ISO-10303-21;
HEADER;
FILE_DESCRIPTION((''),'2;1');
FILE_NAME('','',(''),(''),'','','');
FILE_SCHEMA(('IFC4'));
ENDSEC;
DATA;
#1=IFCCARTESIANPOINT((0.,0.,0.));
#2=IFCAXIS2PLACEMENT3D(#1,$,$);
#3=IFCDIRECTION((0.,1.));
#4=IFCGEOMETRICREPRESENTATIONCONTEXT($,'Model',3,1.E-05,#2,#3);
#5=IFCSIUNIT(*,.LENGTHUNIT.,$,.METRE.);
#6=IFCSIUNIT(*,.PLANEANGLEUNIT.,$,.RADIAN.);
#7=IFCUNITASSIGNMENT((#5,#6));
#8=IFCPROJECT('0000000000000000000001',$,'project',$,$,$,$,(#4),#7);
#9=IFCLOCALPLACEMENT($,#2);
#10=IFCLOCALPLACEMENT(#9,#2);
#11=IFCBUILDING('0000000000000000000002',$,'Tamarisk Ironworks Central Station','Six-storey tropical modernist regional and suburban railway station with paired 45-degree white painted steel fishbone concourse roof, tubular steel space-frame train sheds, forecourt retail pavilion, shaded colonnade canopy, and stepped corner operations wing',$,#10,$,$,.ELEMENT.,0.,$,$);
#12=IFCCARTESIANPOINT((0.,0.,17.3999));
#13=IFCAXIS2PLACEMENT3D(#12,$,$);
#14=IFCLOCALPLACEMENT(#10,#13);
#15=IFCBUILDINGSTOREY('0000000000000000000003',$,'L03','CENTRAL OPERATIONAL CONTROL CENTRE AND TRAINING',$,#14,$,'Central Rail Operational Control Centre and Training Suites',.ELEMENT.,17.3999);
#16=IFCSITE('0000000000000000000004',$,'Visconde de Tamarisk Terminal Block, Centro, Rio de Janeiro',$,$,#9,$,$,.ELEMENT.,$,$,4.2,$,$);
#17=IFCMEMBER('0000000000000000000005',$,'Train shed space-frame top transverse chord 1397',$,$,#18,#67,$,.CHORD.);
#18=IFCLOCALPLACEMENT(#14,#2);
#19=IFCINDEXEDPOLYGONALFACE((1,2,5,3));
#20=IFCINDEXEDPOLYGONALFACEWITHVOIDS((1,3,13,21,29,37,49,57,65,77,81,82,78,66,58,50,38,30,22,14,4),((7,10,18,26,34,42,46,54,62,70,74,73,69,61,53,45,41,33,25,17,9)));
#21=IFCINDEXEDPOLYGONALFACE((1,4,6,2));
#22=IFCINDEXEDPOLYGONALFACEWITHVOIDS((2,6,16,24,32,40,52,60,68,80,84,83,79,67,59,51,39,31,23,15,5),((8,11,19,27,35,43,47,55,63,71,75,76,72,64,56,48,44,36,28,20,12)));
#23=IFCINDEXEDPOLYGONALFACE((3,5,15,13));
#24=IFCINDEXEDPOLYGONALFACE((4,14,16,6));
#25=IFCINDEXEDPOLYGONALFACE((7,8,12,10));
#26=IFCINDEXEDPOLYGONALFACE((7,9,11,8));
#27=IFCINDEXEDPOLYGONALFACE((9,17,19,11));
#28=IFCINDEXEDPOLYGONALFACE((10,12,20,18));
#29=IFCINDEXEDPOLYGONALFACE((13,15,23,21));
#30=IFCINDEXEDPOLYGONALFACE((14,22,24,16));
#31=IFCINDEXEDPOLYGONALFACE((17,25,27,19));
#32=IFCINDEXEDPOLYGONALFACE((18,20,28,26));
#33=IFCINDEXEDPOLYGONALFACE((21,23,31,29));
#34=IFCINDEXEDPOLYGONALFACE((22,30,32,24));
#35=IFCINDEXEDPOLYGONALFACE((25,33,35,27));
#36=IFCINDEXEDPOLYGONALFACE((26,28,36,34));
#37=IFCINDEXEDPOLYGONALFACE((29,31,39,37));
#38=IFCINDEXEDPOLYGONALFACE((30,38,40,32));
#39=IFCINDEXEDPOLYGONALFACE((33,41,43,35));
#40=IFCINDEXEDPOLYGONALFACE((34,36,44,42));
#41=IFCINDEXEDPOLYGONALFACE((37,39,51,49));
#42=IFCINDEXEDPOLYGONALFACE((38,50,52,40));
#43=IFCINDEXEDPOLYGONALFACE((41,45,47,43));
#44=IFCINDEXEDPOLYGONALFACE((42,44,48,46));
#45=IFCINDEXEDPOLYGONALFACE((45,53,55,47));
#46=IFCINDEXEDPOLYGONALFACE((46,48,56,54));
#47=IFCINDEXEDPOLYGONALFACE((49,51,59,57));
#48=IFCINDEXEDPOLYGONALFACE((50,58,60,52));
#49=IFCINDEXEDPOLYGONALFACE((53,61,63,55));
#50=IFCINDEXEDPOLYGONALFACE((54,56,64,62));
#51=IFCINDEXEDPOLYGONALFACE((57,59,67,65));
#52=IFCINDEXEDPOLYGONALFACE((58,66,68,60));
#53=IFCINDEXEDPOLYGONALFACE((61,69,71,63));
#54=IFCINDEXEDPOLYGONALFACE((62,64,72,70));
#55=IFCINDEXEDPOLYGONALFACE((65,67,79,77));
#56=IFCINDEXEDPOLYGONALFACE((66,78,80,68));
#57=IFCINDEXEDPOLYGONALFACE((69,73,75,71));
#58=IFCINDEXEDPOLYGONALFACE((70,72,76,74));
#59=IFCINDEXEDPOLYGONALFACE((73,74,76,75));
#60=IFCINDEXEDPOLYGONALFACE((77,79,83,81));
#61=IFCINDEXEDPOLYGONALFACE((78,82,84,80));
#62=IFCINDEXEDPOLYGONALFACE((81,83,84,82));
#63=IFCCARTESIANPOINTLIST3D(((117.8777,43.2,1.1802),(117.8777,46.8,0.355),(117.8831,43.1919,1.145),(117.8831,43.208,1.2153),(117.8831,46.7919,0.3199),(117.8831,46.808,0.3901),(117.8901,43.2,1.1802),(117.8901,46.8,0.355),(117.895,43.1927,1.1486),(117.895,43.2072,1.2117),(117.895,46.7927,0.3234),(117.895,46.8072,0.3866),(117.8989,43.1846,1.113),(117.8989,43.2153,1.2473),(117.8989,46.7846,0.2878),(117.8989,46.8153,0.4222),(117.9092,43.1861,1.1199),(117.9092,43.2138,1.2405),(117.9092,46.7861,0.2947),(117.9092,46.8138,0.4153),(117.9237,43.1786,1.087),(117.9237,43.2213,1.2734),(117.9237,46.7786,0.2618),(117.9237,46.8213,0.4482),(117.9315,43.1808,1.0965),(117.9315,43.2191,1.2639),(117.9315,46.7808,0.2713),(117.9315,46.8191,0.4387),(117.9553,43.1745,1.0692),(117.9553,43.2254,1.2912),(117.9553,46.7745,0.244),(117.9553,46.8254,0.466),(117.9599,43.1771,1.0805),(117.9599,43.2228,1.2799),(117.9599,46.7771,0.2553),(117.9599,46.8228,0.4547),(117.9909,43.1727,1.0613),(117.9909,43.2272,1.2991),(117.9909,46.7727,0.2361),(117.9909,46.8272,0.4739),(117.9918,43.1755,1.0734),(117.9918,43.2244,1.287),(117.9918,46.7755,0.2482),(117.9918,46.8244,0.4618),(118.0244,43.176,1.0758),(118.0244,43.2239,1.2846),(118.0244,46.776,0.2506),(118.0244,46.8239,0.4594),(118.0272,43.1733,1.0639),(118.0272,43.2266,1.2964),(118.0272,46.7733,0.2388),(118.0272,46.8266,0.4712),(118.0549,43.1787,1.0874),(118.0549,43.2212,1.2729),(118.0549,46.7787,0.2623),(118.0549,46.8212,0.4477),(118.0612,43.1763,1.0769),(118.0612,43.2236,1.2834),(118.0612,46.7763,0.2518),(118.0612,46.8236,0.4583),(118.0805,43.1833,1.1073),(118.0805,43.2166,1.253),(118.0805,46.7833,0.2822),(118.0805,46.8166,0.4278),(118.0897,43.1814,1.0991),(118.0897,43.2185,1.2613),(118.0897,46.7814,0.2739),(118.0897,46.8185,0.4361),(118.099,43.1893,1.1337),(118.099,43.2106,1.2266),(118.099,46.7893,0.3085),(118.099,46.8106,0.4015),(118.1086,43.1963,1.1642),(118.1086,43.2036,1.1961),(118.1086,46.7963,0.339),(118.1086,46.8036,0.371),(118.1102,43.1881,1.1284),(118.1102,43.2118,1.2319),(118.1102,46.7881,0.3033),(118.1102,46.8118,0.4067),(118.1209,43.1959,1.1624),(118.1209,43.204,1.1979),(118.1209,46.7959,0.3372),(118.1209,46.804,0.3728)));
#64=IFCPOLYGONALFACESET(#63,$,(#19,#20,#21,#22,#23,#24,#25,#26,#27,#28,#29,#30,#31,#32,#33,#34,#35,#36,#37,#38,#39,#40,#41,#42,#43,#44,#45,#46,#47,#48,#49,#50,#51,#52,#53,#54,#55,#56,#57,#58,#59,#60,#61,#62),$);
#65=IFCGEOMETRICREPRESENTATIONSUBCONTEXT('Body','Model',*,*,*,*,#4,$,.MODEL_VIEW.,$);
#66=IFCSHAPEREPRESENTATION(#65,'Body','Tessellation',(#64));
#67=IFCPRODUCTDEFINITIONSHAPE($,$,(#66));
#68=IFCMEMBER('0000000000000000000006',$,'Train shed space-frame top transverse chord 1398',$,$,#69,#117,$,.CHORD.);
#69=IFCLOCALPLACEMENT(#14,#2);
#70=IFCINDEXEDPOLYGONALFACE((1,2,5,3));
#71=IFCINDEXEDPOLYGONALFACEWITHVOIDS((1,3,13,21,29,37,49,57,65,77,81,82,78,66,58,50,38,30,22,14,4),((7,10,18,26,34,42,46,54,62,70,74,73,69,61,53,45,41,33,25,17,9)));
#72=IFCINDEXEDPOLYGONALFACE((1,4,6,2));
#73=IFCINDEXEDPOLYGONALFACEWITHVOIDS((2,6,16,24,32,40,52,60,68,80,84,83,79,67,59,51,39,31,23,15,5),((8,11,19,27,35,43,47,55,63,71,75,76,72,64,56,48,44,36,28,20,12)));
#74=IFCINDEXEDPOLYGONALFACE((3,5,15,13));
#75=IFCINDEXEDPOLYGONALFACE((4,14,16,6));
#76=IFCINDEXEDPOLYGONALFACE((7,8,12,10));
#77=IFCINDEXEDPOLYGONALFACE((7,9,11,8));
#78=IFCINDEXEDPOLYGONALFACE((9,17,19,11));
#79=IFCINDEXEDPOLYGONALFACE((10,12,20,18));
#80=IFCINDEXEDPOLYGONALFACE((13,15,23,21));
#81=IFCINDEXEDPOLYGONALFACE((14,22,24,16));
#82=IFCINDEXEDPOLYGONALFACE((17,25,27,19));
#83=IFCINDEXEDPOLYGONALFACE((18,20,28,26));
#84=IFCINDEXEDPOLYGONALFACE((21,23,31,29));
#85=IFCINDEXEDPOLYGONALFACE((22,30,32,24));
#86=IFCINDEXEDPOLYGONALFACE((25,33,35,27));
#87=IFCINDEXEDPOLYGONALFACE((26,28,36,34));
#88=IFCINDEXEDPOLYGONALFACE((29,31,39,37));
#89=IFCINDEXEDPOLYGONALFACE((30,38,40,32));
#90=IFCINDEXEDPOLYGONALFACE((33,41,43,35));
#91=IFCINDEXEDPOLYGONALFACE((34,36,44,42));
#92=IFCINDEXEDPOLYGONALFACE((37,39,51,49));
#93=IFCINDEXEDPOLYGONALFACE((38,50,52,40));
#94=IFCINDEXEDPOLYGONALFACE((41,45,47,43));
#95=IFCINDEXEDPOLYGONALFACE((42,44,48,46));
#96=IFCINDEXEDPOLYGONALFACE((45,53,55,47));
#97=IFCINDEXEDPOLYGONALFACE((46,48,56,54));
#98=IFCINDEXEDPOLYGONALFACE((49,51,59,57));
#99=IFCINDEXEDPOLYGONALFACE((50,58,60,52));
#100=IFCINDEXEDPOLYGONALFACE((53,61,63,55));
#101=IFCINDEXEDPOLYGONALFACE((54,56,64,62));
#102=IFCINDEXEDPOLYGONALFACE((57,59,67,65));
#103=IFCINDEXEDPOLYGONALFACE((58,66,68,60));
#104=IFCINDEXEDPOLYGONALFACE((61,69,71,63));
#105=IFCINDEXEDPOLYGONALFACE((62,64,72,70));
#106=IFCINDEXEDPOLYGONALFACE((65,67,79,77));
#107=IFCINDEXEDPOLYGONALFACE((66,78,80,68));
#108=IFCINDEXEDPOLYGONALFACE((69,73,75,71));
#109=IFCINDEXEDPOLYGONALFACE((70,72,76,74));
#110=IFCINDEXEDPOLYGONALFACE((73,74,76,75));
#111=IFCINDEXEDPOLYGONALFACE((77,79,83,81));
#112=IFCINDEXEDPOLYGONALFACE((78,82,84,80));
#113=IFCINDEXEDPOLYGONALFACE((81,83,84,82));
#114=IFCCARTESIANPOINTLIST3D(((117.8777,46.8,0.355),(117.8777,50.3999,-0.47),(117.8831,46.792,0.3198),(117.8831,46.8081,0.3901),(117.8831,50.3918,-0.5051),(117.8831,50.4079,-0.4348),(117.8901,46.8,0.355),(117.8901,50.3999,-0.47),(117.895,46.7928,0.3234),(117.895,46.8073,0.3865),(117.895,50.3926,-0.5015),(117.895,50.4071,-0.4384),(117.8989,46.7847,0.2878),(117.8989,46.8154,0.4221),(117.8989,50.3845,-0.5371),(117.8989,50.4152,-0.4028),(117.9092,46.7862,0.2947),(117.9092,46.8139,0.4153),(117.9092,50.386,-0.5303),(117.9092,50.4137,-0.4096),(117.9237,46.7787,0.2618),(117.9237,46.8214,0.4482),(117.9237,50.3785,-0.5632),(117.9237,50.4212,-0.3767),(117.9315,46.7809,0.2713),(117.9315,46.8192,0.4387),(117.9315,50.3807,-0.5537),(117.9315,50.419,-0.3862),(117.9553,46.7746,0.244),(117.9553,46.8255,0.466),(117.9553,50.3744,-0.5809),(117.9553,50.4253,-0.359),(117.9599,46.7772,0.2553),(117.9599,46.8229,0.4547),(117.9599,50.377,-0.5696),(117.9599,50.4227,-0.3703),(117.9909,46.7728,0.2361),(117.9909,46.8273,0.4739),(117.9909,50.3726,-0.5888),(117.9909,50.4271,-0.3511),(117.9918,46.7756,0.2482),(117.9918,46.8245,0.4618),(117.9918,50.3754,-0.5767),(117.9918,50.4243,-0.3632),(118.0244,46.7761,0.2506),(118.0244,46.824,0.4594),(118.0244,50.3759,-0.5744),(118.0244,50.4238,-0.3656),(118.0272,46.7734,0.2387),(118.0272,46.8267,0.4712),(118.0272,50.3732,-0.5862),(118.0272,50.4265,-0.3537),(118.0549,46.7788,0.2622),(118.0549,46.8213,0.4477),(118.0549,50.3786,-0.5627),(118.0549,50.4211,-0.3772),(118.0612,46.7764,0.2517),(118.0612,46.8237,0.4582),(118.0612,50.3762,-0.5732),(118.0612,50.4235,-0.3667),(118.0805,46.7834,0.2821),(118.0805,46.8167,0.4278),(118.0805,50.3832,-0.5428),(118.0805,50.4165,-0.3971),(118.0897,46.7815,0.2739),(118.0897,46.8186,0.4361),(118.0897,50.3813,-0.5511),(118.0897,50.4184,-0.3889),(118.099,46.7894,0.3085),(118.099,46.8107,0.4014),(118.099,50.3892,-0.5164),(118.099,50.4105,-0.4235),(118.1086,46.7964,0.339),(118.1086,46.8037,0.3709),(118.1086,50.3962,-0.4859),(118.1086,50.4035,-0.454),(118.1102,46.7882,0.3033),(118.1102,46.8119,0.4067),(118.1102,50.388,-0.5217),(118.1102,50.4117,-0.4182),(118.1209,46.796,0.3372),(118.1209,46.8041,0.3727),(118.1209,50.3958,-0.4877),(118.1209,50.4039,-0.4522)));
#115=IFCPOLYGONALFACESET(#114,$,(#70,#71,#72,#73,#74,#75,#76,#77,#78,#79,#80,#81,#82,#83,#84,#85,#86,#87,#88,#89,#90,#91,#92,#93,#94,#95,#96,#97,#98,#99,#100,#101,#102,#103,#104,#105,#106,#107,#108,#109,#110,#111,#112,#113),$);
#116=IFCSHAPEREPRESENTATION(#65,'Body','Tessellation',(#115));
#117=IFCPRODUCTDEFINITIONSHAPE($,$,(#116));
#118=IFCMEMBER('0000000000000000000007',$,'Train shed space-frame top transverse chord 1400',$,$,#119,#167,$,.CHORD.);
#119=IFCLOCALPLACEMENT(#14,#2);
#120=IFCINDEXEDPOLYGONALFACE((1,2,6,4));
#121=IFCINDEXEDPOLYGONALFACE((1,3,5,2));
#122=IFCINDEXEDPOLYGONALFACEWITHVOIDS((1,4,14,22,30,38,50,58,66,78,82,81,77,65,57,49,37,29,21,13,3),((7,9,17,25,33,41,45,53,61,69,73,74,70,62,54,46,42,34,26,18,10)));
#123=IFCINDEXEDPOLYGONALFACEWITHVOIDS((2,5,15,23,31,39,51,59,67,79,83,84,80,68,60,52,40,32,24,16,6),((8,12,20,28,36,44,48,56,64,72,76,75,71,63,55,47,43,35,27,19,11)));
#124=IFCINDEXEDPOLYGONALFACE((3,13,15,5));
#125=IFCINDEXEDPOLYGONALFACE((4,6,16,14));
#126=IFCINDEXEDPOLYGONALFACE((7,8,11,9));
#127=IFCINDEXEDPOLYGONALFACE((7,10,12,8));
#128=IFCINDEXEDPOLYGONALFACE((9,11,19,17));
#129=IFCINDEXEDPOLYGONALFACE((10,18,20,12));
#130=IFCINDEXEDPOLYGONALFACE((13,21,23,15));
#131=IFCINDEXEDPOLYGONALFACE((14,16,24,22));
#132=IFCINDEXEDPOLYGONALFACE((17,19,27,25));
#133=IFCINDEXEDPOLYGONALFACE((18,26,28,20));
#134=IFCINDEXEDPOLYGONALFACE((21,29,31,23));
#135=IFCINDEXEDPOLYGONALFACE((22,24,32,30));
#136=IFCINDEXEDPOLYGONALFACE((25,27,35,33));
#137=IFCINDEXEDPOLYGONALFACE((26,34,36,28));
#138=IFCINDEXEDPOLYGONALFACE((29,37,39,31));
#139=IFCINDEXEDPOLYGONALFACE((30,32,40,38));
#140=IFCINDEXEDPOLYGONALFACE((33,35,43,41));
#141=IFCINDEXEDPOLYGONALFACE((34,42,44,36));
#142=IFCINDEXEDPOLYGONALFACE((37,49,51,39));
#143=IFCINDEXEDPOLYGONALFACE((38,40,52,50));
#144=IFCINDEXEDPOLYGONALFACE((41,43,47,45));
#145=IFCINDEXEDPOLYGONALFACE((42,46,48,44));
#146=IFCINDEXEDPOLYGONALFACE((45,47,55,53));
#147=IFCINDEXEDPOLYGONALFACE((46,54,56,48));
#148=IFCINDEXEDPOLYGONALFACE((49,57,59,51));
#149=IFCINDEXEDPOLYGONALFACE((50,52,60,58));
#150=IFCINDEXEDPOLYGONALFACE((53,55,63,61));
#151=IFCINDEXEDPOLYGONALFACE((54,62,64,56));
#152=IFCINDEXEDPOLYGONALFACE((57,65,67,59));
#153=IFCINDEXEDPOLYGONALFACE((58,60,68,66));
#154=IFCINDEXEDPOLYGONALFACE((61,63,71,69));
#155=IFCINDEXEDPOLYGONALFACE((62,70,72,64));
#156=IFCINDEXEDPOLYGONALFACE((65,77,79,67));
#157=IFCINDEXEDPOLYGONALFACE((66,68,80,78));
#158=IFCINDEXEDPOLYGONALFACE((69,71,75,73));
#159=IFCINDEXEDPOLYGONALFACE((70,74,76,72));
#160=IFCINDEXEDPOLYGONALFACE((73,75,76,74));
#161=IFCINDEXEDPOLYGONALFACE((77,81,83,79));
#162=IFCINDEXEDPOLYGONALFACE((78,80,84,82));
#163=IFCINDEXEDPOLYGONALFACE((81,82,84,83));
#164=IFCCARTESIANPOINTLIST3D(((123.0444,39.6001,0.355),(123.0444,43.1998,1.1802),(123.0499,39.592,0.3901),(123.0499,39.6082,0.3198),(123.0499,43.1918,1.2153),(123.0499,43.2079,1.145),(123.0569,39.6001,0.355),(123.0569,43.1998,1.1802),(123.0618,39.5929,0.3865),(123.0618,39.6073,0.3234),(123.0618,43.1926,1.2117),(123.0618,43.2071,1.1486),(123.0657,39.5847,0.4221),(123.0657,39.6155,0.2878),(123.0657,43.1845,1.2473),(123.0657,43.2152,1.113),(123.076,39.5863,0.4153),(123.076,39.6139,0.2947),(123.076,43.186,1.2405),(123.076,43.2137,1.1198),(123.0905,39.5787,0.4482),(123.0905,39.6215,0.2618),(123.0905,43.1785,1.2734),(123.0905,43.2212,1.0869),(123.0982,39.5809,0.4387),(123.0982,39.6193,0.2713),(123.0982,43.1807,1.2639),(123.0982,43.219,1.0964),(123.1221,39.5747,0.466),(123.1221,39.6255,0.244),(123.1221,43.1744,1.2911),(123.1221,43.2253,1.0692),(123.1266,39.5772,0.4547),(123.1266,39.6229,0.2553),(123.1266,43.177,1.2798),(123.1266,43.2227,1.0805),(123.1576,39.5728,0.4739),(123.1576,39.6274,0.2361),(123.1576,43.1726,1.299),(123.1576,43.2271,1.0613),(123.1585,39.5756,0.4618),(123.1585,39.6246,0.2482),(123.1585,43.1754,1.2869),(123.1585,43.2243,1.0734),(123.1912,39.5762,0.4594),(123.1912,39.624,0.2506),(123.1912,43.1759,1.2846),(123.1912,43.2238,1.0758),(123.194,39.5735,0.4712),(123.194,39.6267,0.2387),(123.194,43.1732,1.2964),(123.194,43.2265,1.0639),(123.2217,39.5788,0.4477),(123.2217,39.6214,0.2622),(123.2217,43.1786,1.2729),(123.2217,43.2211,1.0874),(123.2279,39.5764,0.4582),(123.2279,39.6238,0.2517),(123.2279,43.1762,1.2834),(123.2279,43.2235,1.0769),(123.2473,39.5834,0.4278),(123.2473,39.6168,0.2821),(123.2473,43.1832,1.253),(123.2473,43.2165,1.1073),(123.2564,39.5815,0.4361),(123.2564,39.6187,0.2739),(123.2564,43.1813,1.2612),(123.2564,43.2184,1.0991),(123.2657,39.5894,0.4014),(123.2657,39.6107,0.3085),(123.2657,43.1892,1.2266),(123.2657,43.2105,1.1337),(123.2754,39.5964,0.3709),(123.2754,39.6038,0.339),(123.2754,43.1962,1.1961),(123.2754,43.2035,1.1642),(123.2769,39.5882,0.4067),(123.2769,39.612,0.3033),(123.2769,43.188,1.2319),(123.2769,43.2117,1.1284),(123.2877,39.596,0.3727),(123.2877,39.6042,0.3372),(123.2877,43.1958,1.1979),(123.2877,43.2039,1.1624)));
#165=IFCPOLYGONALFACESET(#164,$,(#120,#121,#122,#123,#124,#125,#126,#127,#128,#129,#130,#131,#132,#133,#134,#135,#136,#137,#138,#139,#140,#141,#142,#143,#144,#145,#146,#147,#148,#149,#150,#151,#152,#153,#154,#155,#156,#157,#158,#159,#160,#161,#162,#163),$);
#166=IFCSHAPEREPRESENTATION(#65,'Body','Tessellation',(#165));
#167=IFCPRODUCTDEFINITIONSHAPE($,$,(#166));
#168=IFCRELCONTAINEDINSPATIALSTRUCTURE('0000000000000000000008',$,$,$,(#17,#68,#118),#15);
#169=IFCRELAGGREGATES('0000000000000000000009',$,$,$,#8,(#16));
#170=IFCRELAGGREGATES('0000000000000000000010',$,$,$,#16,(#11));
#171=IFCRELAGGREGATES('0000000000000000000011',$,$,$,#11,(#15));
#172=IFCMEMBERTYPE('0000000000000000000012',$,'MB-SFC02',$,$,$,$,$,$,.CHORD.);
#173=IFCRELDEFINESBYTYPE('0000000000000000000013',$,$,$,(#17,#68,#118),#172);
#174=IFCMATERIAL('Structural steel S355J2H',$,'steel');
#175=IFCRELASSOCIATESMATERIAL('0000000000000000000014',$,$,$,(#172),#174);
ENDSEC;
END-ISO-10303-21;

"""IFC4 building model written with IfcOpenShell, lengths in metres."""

from ifc_helpers import new_model, si_unit, direction, frame, origin, origin_2d, place, context, subcontext, project, spatial, hollow_circle, extrude, material, material_profile, profile_set, type_object, element, save


model = new_model("IFC4")

# Units and contexts
model_context = context("Model", 3, precision=1e-05, world=origin(), true_north=direction((0.0, 1.0)))
body_context = subcontext(model_context, "Body", "Model", "MODEL_VIEW")
ifc_project = project(units=[si_unit("LENGTHUNIT", "METRE"), si_unit("PLANEANGLEUNIT", "RADIAN")], contexts=[model_context])

# Site, building, storey
site_placement = place(None, origin())
site = spatial("IfcSite", under=ifc_project, at=site_placement, Name="Visconde de Tamarisk Terminal Block, Centro, Rio de Janeiro", CompositionType="ELEMENT", RefElevation=4.2)
building_placement = place(site_placement, origin())
building = spatial("IfcBuilding", under=site, at=building_placement, Name="Tamarisk Ironworks Central Station", Description="Six-storey tropical modernist regional and suburban railway station with paired 45-degree white painted steel fishbone concourse roof, tubular steel space-frame train sheds, forecourt retail pavilion, shaded colonnade canopy, and stepped corner operations wing", CompositionType="ELEMENT", ElevationOfRefHeight=0.0)
storey_placement = place(building_placement, frame((0.0, 0.0, 17.3999)))
storey = spatial("IfcBuildingStorey", under=building, at=storey_placement, Name="L03", Description="CENTRAL OPERATIONAL CONTROL CENTRE AND TRAINING", LongName="Central Rail Operational Control Centre and Training Suites", CompositionType="ELEMENT", Elevation=17.3999)

# Members
ifc_material_1 = material(Name="Structural steel S355J2H", Category="steel")
ifc_material_profile_1 = material_profile(ifc_material_1, hollow_circle(Radius=0.1223, WallThickness=0.0125, at=origin_2d()), Name="CHS 244.5x12.5")
ifc_profile_set_1 = profile_set([ifc_material_profile_1], Name="Structural steel S355J2H")
member_type_1 = type_object("IfcMemberType", Name="MB-SFC02", PredefinedType="CHORD", material=ifc_profile_set_1)
member_1_placement = place(storey_placement, frame((118.0, 43.2, 1.1802), z_axis=(0.0, 0.974722, -0.223421), x_axis=(-1.0, 0.0, 0.0)))
element("IfcMember", 1, at=member_1_placement, inside=storey, type_object=member_type_1, Name="Train shed space-frame top transverse chord 1397", PredefinedType="CHORD", context=body_context, shape_type="SweptSolid", body=[
    extrude(hollow_circle(Radius=0.1223, WallThickness=0.0125, at=origin_2d()), origin(), (0.0, 0.0, 1.0), 3.6934),
])
for number, where, z_axis, x_axis, name in (
    (2, (118.0, 46.8, 0.355), (0.0, 0.974733, -0.223372), (-1.0, 0.0, 0.0), "Train shed space-frame top transverse chord 1398"),
    (3, (123.1667, 39.6001, 0.355), (0.0, 0.974719, 0.223435), (-1.0, 0.0, 0.0), "Train shed space-frame top transverse chord 1400"),
):
    element("IfcMember", number, at=place(storey_placement, frame(where, z_axis=z_axis, x_axis=x_axis)), inside=storey, type_object=member_type_1, Name=name, PredefinedType="CHORD", context=body_context, shape_type="SweptSolid", body=[
        extrude(hollow_circle(Radius=0.1223, WallThickness=0.0125, at=origin_2d()), origin(), (0.0, 0.0, 1.0), 3.6931),
    ])

save(model, "model.ifc")
